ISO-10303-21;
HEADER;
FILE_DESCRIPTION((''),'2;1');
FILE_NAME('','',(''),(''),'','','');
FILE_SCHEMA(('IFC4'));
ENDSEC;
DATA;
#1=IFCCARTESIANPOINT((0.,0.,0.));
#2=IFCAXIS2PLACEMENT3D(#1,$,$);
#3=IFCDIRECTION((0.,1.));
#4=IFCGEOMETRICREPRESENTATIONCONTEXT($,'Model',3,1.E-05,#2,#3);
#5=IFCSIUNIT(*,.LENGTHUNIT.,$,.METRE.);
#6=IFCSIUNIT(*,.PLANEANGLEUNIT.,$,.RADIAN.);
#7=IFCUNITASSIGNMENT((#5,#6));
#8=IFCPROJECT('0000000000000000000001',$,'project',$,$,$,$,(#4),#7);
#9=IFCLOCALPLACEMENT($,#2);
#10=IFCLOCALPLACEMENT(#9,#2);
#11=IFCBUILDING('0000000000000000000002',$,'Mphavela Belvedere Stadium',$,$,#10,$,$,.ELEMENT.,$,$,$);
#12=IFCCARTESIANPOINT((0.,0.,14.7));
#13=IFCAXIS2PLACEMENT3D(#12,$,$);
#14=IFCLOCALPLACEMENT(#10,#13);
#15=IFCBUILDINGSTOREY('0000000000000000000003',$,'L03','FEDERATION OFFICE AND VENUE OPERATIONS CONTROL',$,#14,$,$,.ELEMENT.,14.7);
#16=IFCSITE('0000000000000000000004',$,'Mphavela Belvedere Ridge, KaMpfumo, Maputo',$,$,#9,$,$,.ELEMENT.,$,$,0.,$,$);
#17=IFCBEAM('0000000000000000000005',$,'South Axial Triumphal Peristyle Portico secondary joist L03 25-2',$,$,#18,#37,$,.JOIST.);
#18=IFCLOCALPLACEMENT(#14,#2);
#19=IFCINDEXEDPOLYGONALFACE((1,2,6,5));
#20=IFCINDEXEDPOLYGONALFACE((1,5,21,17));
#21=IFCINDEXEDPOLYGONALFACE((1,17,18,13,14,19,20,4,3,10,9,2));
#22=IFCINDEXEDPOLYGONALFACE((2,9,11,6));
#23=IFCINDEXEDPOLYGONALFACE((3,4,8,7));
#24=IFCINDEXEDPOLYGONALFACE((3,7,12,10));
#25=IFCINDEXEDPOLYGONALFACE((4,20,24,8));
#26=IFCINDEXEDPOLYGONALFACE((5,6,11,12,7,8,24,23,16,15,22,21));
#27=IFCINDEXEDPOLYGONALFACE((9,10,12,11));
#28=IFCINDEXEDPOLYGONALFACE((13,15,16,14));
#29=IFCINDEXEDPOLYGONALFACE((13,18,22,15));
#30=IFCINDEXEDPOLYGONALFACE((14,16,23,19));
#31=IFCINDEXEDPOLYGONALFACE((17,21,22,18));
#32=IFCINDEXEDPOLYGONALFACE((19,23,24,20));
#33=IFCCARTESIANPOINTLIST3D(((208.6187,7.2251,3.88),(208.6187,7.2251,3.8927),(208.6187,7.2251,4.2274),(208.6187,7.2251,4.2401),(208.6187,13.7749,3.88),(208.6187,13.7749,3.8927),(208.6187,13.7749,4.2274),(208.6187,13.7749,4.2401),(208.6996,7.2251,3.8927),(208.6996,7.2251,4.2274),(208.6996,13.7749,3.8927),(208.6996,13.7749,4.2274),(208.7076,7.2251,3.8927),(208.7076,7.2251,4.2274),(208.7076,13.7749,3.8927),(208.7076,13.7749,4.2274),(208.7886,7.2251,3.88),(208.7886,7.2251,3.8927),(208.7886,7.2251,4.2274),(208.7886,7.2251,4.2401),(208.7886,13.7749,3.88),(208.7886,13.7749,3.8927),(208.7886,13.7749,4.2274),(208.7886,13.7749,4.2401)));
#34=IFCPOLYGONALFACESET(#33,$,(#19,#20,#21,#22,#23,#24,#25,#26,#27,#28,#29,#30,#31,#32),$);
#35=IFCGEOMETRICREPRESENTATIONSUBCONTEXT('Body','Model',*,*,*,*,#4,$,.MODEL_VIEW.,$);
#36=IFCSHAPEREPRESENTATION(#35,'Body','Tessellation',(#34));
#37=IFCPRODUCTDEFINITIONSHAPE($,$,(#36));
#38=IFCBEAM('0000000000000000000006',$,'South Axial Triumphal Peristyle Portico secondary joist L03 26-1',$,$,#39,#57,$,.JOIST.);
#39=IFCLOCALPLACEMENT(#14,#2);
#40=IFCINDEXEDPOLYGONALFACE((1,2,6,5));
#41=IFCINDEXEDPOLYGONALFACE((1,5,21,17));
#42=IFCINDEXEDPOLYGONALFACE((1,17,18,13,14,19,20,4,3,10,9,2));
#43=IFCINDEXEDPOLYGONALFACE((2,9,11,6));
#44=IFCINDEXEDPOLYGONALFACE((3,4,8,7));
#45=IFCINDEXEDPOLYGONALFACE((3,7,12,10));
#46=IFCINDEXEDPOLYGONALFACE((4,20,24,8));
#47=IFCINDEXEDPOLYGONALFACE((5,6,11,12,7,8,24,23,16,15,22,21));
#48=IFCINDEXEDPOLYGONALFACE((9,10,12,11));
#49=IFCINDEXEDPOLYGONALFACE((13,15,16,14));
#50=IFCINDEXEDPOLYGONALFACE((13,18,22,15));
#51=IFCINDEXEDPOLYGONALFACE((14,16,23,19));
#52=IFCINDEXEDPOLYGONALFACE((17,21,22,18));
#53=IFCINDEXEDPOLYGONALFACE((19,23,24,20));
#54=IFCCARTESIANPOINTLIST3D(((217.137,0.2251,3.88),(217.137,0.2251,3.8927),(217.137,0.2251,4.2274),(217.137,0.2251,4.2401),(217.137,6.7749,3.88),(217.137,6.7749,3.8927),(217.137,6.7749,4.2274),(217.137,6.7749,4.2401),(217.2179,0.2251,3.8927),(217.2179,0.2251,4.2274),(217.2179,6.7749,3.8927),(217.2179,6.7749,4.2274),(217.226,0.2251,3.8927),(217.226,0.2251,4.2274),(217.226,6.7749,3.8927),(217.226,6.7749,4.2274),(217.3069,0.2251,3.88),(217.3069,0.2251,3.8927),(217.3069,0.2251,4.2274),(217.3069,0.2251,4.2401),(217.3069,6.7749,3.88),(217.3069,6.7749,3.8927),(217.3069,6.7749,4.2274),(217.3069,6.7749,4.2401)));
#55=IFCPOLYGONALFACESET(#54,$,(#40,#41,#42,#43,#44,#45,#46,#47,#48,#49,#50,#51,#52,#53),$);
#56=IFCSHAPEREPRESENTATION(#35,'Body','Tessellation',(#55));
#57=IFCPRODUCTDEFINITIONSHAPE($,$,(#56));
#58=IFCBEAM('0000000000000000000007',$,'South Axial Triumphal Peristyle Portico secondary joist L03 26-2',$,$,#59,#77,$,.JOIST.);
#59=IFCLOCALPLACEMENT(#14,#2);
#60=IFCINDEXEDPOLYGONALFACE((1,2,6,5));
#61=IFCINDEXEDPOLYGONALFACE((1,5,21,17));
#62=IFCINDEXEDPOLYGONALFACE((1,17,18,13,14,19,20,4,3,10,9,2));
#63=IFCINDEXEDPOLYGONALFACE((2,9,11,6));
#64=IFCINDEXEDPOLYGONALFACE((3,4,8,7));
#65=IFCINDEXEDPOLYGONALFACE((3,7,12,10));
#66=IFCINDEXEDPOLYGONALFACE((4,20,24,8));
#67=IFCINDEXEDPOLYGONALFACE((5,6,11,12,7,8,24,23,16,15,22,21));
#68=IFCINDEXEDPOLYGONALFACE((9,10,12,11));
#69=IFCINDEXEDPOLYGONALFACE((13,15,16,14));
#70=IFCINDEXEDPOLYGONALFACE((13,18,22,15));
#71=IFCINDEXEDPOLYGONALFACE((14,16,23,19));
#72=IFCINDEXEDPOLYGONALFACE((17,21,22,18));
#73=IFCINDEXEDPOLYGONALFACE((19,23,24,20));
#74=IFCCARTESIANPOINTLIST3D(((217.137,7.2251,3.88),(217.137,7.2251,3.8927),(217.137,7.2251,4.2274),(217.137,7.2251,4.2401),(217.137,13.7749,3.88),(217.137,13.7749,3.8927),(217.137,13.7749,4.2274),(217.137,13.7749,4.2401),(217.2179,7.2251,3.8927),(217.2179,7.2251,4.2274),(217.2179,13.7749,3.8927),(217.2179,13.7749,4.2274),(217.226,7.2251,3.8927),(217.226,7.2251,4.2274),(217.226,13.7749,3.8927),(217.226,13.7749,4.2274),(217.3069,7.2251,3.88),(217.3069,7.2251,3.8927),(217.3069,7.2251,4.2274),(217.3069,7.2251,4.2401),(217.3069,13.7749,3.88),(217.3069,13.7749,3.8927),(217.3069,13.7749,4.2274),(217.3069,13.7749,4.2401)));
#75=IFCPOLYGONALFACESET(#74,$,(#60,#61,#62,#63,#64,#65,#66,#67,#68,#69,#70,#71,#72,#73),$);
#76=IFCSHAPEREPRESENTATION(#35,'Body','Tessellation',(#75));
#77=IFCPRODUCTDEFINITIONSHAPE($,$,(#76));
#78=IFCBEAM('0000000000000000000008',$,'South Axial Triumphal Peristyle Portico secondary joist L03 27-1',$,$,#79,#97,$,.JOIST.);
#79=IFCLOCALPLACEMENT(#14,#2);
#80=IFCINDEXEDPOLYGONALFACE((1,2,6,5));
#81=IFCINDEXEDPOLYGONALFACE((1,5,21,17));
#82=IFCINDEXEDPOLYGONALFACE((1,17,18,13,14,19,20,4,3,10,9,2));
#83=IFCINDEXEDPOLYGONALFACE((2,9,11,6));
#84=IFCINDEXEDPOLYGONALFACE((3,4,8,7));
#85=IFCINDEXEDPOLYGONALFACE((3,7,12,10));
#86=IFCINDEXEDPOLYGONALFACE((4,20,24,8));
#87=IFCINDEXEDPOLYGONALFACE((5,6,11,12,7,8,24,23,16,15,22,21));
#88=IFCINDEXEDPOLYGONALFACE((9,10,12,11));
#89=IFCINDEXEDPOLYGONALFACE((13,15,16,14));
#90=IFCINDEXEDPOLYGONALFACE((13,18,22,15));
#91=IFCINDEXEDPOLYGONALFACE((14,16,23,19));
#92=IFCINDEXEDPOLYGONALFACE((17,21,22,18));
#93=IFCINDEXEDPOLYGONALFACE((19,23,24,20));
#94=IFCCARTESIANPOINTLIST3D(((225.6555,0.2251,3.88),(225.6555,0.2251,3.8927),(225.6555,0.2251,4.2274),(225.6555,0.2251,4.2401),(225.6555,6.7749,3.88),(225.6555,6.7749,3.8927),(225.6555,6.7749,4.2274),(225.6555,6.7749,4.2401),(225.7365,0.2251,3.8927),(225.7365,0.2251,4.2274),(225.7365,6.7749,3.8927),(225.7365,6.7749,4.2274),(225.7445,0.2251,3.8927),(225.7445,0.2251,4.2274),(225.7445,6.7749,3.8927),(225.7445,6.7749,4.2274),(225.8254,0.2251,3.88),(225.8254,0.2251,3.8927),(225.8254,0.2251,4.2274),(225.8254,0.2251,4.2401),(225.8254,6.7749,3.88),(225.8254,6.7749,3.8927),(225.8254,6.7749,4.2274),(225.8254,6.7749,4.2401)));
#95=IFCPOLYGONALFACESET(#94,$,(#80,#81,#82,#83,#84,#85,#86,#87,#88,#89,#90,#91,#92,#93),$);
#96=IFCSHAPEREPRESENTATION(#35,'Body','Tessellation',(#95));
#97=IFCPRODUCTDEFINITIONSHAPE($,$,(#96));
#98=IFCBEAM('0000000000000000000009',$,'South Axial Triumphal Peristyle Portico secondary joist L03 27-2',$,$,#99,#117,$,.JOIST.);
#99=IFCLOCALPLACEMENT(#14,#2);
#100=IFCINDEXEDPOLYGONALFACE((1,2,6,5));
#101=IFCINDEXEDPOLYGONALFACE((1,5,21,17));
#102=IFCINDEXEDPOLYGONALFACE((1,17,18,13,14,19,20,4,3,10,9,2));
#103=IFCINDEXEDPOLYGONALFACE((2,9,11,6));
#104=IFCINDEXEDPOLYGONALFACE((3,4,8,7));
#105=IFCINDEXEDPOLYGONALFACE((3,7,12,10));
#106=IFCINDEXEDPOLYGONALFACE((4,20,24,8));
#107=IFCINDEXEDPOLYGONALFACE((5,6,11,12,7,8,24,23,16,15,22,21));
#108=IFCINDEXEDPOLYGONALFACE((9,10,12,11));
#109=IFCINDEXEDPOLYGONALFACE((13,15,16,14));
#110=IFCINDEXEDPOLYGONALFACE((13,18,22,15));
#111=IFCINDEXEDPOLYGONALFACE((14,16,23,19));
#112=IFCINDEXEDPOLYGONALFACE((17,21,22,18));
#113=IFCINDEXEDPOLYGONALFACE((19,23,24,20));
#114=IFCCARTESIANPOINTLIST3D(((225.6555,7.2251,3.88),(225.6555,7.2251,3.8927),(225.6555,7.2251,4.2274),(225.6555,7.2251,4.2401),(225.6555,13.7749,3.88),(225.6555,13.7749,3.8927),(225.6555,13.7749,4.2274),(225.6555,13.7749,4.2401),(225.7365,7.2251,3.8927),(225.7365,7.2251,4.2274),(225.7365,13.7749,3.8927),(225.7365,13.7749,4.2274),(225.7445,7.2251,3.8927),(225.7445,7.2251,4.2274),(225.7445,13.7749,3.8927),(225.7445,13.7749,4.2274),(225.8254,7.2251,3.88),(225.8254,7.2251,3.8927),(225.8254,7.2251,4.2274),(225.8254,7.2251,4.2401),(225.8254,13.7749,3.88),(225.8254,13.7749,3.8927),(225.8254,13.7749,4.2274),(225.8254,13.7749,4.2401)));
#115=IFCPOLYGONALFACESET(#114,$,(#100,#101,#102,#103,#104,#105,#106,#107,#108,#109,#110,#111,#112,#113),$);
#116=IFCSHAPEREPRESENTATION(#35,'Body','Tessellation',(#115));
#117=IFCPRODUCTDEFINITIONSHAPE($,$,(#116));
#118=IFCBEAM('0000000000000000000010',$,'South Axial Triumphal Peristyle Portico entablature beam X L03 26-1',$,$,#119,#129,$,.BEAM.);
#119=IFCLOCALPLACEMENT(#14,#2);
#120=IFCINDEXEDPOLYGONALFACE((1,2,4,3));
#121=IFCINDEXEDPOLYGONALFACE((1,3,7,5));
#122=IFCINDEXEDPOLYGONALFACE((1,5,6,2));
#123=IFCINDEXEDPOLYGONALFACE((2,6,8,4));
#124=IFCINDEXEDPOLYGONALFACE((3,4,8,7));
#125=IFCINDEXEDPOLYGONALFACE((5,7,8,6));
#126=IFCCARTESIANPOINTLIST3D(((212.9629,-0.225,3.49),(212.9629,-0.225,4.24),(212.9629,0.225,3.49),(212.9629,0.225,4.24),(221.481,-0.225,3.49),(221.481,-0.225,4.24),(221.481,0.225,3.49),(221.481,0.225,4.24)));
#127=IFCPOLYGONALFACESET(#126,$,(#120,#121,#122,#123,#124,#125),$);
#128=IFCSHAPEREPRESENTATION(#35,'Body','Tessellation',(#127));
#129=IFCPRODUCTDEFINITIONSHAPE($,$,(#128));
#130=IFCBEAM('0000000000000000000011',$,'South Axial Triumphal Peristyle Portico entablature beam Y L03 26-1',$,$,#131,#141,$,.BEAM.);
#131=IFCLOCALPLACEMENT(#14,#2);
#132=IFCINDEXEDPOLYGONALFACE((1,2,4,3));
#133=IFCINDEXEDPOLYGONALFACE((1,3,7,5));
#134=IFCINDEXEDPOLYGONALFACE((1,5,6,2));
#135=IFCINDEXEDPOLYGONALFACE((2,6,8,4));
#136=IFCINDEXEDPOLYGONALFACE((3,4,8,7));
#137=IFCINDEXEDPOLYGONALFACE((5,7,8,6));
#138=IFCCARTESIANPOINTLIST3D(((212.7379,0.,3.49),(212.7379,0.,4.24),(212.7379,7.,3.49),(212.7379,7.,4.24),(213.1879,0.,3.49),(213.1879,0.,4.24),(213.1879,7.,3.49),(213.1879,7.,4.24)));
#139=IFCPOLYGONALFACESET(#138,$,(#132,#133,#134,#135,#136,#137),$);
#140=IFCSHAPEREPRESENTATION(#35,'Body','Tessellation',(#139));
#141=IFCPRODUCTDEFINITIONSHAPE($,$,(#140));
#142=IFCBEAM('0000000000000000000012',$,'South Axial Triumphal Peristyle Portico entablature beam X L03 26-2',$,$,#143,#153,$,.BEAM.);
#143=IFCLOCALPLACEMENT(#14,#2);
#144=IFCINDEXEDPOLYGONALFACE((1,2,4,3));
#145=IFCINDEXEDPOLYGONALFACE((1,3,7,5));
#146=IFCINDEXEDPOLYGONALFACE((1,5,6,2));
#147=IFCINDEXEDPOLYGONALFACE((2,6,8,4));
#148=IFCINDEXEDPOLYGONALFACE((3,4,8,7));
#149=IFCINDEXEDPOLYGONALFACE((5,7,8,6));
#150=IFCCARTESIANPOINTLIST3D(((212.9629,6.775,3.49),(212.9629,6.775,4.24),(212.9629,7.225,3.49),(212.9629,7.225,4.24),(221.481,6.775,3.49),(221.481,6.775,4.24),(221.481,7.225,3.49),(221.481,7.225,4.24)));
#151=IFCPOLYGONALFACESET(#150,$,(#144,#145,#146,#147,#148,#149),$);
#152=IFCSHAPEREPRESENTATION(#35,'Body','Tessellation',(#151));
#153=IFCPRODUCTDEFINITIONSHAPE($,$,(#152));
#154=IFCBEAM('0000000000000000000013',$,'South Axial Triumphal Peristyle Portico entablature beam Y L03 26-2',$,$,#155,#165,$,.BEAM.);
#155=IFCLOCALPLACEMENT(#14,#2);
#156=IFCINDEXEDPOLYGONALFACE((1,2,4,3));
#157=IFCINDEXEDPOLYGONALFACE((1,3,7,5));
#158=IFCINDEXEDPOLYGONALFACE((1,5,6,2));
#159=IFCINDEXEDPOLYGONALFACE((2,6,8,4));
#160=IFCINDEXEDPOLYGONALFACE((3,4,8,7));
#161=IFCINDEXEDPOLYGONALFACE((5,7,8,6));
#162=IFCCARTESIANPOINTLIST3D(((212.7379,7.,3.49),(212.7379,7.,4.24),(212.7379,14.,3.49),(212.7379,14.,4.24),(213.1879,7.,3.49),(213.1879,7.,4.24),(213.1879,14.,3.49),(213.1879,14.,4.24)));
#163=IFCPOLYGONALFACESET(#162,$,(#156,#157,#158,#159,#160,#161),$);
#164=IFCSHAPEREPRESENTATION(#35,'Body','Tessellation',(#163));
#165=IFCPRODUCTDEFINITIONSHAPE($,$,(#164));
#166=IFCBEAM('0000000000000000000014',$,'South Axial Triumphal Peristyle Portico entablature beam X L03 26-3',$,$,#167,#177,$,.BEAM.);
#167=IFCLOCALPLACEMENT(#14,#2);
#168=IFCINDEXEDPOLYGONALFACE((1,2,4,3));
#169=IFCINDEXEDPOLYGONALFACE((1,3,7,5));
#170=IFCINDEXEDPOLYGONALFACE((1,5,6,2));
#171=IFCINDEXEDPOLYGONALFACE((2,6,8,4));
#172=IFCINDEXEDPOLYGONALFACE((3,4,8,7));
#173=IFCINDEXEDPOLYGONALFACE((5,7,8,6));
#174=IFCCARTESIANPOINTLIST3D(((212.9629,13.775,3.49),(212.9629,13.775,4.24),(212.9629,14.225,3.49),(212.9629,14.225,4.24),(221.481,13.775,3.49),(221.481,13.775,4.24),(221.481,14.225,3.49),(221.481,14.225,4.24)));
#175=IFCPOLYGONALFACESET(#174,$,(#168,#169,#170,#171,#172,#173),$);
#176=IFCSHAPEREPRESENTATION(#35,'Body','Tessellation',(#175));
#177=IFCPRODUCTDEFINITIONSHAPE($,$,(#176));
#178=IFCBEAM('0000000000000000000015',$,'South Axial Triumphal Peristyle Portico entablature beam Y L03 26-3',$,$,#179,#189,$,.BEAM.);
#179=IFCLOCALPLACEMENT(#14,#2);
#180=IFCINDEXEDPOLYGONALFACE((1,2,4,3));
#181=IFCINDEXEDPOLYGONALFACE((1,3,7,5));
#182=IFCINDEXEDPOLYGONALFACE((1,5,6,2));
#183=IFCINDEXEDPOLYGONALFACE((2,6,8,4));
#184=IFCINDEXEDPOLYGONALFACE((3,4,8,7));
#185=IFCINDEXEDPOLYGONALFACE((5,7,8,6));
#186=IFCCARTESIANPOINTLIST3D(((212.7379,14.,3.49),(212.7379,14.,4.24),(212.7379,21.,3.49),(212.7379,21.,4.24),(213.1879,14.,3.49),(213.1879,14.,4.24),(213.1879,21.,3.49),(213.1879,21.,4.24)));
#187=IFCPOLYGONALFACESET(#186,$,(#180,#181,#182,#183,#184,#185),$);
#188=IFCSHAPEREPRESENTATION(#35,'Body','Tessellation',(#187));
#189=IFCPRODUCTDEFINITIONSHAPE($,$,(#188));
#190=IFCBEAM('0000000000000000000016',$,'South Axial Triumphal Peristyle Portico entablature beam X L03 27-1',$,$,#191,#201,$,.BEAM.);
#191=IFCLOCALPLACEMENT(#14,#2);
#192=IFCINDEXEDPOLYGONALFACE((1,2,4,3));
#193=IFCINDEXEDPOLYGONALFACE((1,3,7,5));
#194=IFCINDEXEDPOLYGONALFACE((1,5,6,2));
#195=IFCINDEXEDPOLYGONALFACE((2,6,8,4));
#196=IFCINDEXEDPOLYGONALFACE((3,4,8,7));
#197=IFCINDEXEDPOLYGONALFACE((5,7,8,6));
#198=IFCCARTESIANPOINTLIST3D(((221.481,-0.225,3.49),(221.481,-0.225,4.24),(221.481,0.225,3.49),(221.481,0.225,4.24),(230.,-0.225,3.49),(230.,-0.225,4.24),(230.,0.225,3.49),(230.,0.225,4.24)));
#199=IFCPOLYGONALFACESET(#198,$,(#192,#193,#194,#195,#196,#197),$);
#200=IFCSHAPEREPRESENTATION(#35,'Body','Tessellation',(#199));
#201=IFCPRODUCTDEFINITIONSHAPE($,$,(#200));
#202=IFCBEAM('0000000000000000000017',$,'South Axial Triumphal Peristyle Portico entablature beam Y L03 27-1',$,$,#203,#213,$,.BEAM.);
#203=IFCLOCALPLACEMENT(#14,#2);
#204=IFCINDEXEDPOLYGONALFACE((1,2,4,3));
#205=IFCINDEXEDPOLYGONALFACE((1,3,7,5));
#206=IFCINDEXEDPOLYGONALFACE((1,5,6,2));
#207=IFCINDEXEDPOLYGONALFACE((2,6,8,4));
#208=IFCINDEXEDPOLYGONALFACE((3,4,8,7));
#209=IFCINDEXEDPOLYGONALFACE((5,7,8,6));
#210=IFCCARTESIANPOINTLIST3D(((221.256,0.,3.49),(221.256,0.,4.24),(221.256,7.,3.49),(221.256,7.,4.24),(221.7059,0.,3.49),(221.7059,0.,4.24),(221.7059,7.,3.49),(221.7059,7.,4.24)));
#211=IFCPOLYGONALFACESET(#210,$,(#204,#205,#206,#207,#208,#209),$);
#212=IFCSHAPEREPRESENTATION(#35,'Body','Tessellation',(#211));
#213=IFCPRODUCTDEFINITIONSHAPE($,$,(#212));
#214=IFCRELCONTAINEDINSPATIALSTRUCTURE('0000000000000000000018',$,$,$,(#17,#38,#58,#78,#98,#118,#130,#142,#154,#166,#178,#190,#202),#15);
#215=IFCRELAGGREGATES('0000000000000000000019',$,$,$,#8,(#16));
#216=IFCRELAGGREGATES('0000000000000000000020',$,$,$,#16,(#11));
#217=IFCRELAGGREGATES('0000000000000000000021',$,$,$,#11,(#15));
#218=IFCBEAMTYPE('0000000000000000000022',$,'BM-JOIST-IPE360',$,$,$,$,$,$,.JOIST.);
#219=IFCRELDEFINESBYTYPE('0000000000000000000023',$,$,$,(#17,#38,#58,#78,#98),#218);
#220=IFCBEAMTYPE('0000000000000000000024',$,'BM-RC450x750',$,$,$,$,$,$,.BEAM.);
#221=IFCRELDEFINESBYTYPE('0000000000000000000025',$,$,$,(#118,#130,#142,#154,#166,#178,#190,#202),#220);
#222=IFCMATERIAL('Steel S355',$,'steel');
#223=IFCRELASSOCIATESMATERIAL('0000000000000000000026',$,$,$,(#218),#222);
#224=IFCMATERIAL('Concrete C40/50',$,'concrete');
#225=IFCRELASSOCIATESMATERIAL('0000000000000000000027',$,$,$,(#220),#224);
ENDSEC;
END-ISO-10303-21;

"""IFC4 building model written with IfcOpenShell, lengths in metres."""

from ifc_helpers import new_model, si_unit, direction, frame, origin, origin_2d, place, context, subcontext, project, spatial, rectangle, i_section, extrude, material, material_profile, profile_set, type_object, element, save


model = new_model("IFC4")

# Units and contexts
model_context = context("Model", 3, precision=1e-05, world=origin(), true_north=direction((0.0, 1.0)))
body_context = subcontext(model_context, "Body", "Model", "MODEL_VIEW")
ifc_project = project(units=[si_unit("LENGTHUNIT", "METRE"), si_unit("PLANEANGLEUNIT", "RADIAN")], contexts=[model_context])

# Site, building, storey
site_placement = place(None, origin())
site = spatial("IfcSite", under=ifc_project, at=site_placement, Name="Mphavela Belvedere Ridge, KaMpfumo, Maputo", CompositionType="ELEMENT", RefElevation=0.0)
building_placement = place(site_placement, origin())
building = spatial("IfcBuilding", under=site, at=building_placement, Name="Mphavela Belvedere Stadium", CompositionType="ELEMENT")
storey_placement = place(building_placement, frame((0.0, 0.0, 14.7)))
storey = spatial("IfcBuildingStorey", under=building, at=storey_placement, Name="L03", Description="FEDERATION OFFICE AND VENUE OPERATIONS CONTROL", CompositionType="ELEMENT", Elevation=14.7)

# Beams
ifc_material_1 = material(Name="Steel S355", Category="steel")
ifc_material_profile_1 = material_profile(ifc_material_1, i_section(OverallWidth=0.1699, OverallDepth=0.3601, WebThickness=0.0081, FlangeThickness=0.0127, at=origin_2d()), Name="IPE 360")
ifc_profile_set_1 = profile_set([ifc_material_profile_1], Name="Steel S355")
beam_type_1 = type_object("IfcBeamType", Name="BM-JOIST-IPE360", PredefinedType="JOIST", material=ifc_profile_set_1)
for number, where, z_axis, x_axis, name in (
    (1, (208.7036, 7.2251, 4.0601), (0.0, 1.0, 0.0), (-1.0, 0.0, 0.0), "South Axial Triumphal Peristyle Portico secondary joist L03 25-2"),
    (2, (217.2219, 0.2251, 4.0601), (0.0, 1.0, 0.0), (-1.0, 0.0, 0.0), "South Axial Triumphal Peristyle Portico secondary joist L03 26-1"),
    (3, (217.2219, 7.2251, 4.0601), (0.0, 1.0, 0.0), (-1.0, 0.0, 0.0), "South Axial Triumphal Peristyle Portico secondary joist L03 26-2"),
    (4, (225.7405, 0.2251, 4.0601), (0.0, 1.0, 0.0), (-1.0, 0.0, 0.0), "South Axial Triumphal Peristyle Portico secondary joist L03 27-1"),
    (5, (225.7405, 7.2251, 4.0601), (0.0, 1.0, 0.0), (-1.0, 0.0, 0.0), "South Axial Triumphal Peristyle Portico secondary joist L03 27-2"),
):
    element("IfcBeam", number, at=place(storey_placement, frame(where, z_axis=z_axis, x_axis=x_axis)), inside=storey, type_object=beam_type_1, Name=name, PredefinedType="JOIST", context=body_context, shape_type="SweptSolid", body=[
        extrude(i_section(OverallWidth=0.1699, OverallDepth=0.3601, WebThickness=0.0081, FlangeThickness=0.0127, at=origin_2d()), origin(), (0.0, 0.0, 1.0), 6.5498),
    ])
ifc_material_2 = material(Name="Concrete C40/50", Category="concrete")
ifc_material_profile_2 = material_profile(ifc_material_2, rectangle(XDim=0.45, YDim=0.75, at=origin_2d()), Name="RC 450x750")
ifc_profile_set_2 = profile_set([ifc_material_profile_2], Name="Concrete C40/50")
beam_type_2 = type_object("IfcBeamType", Name="BM-RC450x750", PredefinedType="BEAM", material=ifc_profile_set_2)
beam_1_placement = place(storey_placement, frame((212.9629, 0.0, 3.865), z_axis=(1.0, 0.0, 0.0), x_axis=(0.0, 1.0, 0.0)))
element("IfcBeam", 6, at=beam_1_placement, inside=storey, type_object=beam_type_2, Name="South Axial Triumphal Peristyle Portico entablature beam X L03 26-1", PredefinedType="BEAM", context=body_context, shape_type="SweptSolid", body=[
    extrude(rectangle(XDim=0.45, YDim=0.75, at=origin_2d()), origin(), (0.0, 0.0, 1.0), 8.5181),
])
beam_2_placement = place(storey_placement, frame((212.9629, 0.0, 3.865), z_axis=(0.0, 1.0, 0.0), x_axis=(-1.0, 0.0, 0.0)))
element("IfcBeam", 7, at=beam_2_placement, inside=storey, type_object=beam_type_2, Name="South Axial Triumphal Peristyle Portico entablature beam Y L03 26-1", PredefinedType="BEAM", context=body_context, shape_type="SweptSolid", body=[
    extrude(rectangle(XDim=0.45, YDim=0.75, at=origin_2d()), origin(), (0.0, 0.0, 1.0), 7.0),
])
beam_3_placement = place(storey_placement, frame((212.9629, 7.0, 3.865), z_axis=(1.0, 0.0, 0.0), x_axis=(0.0, 1.0, 0.0)))
element("IfcBeam", 8, at=beam_3_placement, inside=storey, type_object=beam_type_2, Name="South Axial Triumphal Peristyle Portico entablature beam X L03 26-2", PredefinedType="BEAM", context=body_context, shape_type="SweptSolid", body=[
    extrude(rectangle(XDim=0.45, YDim=0.75, at=origin_2d()), origin(), (0.0, 0.0, 1.0), 8.5181),
])
beam_4_placement = place(storey_placement, frame((212.9629, 7.0, 3.865), z_axis=(0.0, 1.0, 0.0), x_axis=(-1.0, 0.0, 0.0)))
element("IfcBeam", 9, at=beam_4_placement, inside=storey, type_object=beam_type_2, Name="South Axial Triumphal Peristyle Portico entablature beam Y L03 26-2", PredefinedType="BEAM", context=body_context, shape_type="SweptSolid", body=[
    extrude(rectangle(XDim=0.45, YDim=0.75, at=origin_2d()), origin(), (0.0, 0.0, 1.0), 7.0),
])
beam_5_placement = place(storey_placement, frame((212.9629, 14.0, 3.865), z_axis=(1.0, 0.0, 0.0), x_axis=(0.0, 1.0, 0.0)))
element("IfcBeam", 10, at=beam_5_placement, inside=storey, type_object=beam_type_2, Name="South Axial Triumphal Peristyle Portico entablature beam X L03 26-3", PredefinedType="BEAM", context=body_context, shape_type="SweptSolid", body=[
    extrude(rectangle(XDim=0.45, YDim=0.75, at=origin_2d()), origin(), (0.0, 0.0, 1.0), 8.5181),
])
beam_6_placement = place(storey_placement, frame((212.9629, 14.0, 3.865), z_axis=(0.0, 1.0, 0.0), x_axis=(-1.0, 0.0, 0.0)))
element("IfcBeam", 11, at=beam_6_placement, inside=storey, type_object=beam_type_2, Name="South Axial Triumphal Peristyle Portico entablature beam Y L03 26-3", PredefinedType="BEAM", context=body_context, shape_type="SweptSolid", body=[
    extrude(rectangle(XDim=0.45, YDim=0.75, at=origin_2d()), origin(), (0.0, 0.0, 1.0), 7.0),
])
beam_7_placement = place(storey_placement, frame((221.481, 0.0, 3.865), z_axis=(1.0, 0.0, 0.0), x_axis=(0.0, 1.0, 0.0)))
element("IfcBeam", 12, at=beam_7_placement, inside=storey, type_object=beam_type_2, Name="South Axial Triumphal Peristyle Portico entablature beam X L03 27-1", PredefinedType="BEAM", context=body_context, shape_type="SweptSolid", body=[
    extrude(rectangle(XDim=0.45, YDim=0.75, at=origin_2d()), origin(), (0.0, 0.0, 1.0), 8.519),
])
beam_8_placement = place(storey_placement, frame((221.481, 0.0, 3.865), z_axis=(0.0, 1.0, 0.0), x_axis=(-1.0, 0.0, 0.0)))
element("IfcBeam", 13, at=beam_8_placement, inside=storey, type_object=beam_type_2, Name="South Axial Triumphal Peristyle Portico entablature beam Y L03 27-1", PredefinedType="BEAM", context=body_context, shape_type="SweptSolid", body=[
    extrude(rectangle(XDim=0.45, YDim=0.75, at=origin_2d()), origin(), (0.0, 0.0, 1.0), 7.0),
])

save(model, "model.ifc")
